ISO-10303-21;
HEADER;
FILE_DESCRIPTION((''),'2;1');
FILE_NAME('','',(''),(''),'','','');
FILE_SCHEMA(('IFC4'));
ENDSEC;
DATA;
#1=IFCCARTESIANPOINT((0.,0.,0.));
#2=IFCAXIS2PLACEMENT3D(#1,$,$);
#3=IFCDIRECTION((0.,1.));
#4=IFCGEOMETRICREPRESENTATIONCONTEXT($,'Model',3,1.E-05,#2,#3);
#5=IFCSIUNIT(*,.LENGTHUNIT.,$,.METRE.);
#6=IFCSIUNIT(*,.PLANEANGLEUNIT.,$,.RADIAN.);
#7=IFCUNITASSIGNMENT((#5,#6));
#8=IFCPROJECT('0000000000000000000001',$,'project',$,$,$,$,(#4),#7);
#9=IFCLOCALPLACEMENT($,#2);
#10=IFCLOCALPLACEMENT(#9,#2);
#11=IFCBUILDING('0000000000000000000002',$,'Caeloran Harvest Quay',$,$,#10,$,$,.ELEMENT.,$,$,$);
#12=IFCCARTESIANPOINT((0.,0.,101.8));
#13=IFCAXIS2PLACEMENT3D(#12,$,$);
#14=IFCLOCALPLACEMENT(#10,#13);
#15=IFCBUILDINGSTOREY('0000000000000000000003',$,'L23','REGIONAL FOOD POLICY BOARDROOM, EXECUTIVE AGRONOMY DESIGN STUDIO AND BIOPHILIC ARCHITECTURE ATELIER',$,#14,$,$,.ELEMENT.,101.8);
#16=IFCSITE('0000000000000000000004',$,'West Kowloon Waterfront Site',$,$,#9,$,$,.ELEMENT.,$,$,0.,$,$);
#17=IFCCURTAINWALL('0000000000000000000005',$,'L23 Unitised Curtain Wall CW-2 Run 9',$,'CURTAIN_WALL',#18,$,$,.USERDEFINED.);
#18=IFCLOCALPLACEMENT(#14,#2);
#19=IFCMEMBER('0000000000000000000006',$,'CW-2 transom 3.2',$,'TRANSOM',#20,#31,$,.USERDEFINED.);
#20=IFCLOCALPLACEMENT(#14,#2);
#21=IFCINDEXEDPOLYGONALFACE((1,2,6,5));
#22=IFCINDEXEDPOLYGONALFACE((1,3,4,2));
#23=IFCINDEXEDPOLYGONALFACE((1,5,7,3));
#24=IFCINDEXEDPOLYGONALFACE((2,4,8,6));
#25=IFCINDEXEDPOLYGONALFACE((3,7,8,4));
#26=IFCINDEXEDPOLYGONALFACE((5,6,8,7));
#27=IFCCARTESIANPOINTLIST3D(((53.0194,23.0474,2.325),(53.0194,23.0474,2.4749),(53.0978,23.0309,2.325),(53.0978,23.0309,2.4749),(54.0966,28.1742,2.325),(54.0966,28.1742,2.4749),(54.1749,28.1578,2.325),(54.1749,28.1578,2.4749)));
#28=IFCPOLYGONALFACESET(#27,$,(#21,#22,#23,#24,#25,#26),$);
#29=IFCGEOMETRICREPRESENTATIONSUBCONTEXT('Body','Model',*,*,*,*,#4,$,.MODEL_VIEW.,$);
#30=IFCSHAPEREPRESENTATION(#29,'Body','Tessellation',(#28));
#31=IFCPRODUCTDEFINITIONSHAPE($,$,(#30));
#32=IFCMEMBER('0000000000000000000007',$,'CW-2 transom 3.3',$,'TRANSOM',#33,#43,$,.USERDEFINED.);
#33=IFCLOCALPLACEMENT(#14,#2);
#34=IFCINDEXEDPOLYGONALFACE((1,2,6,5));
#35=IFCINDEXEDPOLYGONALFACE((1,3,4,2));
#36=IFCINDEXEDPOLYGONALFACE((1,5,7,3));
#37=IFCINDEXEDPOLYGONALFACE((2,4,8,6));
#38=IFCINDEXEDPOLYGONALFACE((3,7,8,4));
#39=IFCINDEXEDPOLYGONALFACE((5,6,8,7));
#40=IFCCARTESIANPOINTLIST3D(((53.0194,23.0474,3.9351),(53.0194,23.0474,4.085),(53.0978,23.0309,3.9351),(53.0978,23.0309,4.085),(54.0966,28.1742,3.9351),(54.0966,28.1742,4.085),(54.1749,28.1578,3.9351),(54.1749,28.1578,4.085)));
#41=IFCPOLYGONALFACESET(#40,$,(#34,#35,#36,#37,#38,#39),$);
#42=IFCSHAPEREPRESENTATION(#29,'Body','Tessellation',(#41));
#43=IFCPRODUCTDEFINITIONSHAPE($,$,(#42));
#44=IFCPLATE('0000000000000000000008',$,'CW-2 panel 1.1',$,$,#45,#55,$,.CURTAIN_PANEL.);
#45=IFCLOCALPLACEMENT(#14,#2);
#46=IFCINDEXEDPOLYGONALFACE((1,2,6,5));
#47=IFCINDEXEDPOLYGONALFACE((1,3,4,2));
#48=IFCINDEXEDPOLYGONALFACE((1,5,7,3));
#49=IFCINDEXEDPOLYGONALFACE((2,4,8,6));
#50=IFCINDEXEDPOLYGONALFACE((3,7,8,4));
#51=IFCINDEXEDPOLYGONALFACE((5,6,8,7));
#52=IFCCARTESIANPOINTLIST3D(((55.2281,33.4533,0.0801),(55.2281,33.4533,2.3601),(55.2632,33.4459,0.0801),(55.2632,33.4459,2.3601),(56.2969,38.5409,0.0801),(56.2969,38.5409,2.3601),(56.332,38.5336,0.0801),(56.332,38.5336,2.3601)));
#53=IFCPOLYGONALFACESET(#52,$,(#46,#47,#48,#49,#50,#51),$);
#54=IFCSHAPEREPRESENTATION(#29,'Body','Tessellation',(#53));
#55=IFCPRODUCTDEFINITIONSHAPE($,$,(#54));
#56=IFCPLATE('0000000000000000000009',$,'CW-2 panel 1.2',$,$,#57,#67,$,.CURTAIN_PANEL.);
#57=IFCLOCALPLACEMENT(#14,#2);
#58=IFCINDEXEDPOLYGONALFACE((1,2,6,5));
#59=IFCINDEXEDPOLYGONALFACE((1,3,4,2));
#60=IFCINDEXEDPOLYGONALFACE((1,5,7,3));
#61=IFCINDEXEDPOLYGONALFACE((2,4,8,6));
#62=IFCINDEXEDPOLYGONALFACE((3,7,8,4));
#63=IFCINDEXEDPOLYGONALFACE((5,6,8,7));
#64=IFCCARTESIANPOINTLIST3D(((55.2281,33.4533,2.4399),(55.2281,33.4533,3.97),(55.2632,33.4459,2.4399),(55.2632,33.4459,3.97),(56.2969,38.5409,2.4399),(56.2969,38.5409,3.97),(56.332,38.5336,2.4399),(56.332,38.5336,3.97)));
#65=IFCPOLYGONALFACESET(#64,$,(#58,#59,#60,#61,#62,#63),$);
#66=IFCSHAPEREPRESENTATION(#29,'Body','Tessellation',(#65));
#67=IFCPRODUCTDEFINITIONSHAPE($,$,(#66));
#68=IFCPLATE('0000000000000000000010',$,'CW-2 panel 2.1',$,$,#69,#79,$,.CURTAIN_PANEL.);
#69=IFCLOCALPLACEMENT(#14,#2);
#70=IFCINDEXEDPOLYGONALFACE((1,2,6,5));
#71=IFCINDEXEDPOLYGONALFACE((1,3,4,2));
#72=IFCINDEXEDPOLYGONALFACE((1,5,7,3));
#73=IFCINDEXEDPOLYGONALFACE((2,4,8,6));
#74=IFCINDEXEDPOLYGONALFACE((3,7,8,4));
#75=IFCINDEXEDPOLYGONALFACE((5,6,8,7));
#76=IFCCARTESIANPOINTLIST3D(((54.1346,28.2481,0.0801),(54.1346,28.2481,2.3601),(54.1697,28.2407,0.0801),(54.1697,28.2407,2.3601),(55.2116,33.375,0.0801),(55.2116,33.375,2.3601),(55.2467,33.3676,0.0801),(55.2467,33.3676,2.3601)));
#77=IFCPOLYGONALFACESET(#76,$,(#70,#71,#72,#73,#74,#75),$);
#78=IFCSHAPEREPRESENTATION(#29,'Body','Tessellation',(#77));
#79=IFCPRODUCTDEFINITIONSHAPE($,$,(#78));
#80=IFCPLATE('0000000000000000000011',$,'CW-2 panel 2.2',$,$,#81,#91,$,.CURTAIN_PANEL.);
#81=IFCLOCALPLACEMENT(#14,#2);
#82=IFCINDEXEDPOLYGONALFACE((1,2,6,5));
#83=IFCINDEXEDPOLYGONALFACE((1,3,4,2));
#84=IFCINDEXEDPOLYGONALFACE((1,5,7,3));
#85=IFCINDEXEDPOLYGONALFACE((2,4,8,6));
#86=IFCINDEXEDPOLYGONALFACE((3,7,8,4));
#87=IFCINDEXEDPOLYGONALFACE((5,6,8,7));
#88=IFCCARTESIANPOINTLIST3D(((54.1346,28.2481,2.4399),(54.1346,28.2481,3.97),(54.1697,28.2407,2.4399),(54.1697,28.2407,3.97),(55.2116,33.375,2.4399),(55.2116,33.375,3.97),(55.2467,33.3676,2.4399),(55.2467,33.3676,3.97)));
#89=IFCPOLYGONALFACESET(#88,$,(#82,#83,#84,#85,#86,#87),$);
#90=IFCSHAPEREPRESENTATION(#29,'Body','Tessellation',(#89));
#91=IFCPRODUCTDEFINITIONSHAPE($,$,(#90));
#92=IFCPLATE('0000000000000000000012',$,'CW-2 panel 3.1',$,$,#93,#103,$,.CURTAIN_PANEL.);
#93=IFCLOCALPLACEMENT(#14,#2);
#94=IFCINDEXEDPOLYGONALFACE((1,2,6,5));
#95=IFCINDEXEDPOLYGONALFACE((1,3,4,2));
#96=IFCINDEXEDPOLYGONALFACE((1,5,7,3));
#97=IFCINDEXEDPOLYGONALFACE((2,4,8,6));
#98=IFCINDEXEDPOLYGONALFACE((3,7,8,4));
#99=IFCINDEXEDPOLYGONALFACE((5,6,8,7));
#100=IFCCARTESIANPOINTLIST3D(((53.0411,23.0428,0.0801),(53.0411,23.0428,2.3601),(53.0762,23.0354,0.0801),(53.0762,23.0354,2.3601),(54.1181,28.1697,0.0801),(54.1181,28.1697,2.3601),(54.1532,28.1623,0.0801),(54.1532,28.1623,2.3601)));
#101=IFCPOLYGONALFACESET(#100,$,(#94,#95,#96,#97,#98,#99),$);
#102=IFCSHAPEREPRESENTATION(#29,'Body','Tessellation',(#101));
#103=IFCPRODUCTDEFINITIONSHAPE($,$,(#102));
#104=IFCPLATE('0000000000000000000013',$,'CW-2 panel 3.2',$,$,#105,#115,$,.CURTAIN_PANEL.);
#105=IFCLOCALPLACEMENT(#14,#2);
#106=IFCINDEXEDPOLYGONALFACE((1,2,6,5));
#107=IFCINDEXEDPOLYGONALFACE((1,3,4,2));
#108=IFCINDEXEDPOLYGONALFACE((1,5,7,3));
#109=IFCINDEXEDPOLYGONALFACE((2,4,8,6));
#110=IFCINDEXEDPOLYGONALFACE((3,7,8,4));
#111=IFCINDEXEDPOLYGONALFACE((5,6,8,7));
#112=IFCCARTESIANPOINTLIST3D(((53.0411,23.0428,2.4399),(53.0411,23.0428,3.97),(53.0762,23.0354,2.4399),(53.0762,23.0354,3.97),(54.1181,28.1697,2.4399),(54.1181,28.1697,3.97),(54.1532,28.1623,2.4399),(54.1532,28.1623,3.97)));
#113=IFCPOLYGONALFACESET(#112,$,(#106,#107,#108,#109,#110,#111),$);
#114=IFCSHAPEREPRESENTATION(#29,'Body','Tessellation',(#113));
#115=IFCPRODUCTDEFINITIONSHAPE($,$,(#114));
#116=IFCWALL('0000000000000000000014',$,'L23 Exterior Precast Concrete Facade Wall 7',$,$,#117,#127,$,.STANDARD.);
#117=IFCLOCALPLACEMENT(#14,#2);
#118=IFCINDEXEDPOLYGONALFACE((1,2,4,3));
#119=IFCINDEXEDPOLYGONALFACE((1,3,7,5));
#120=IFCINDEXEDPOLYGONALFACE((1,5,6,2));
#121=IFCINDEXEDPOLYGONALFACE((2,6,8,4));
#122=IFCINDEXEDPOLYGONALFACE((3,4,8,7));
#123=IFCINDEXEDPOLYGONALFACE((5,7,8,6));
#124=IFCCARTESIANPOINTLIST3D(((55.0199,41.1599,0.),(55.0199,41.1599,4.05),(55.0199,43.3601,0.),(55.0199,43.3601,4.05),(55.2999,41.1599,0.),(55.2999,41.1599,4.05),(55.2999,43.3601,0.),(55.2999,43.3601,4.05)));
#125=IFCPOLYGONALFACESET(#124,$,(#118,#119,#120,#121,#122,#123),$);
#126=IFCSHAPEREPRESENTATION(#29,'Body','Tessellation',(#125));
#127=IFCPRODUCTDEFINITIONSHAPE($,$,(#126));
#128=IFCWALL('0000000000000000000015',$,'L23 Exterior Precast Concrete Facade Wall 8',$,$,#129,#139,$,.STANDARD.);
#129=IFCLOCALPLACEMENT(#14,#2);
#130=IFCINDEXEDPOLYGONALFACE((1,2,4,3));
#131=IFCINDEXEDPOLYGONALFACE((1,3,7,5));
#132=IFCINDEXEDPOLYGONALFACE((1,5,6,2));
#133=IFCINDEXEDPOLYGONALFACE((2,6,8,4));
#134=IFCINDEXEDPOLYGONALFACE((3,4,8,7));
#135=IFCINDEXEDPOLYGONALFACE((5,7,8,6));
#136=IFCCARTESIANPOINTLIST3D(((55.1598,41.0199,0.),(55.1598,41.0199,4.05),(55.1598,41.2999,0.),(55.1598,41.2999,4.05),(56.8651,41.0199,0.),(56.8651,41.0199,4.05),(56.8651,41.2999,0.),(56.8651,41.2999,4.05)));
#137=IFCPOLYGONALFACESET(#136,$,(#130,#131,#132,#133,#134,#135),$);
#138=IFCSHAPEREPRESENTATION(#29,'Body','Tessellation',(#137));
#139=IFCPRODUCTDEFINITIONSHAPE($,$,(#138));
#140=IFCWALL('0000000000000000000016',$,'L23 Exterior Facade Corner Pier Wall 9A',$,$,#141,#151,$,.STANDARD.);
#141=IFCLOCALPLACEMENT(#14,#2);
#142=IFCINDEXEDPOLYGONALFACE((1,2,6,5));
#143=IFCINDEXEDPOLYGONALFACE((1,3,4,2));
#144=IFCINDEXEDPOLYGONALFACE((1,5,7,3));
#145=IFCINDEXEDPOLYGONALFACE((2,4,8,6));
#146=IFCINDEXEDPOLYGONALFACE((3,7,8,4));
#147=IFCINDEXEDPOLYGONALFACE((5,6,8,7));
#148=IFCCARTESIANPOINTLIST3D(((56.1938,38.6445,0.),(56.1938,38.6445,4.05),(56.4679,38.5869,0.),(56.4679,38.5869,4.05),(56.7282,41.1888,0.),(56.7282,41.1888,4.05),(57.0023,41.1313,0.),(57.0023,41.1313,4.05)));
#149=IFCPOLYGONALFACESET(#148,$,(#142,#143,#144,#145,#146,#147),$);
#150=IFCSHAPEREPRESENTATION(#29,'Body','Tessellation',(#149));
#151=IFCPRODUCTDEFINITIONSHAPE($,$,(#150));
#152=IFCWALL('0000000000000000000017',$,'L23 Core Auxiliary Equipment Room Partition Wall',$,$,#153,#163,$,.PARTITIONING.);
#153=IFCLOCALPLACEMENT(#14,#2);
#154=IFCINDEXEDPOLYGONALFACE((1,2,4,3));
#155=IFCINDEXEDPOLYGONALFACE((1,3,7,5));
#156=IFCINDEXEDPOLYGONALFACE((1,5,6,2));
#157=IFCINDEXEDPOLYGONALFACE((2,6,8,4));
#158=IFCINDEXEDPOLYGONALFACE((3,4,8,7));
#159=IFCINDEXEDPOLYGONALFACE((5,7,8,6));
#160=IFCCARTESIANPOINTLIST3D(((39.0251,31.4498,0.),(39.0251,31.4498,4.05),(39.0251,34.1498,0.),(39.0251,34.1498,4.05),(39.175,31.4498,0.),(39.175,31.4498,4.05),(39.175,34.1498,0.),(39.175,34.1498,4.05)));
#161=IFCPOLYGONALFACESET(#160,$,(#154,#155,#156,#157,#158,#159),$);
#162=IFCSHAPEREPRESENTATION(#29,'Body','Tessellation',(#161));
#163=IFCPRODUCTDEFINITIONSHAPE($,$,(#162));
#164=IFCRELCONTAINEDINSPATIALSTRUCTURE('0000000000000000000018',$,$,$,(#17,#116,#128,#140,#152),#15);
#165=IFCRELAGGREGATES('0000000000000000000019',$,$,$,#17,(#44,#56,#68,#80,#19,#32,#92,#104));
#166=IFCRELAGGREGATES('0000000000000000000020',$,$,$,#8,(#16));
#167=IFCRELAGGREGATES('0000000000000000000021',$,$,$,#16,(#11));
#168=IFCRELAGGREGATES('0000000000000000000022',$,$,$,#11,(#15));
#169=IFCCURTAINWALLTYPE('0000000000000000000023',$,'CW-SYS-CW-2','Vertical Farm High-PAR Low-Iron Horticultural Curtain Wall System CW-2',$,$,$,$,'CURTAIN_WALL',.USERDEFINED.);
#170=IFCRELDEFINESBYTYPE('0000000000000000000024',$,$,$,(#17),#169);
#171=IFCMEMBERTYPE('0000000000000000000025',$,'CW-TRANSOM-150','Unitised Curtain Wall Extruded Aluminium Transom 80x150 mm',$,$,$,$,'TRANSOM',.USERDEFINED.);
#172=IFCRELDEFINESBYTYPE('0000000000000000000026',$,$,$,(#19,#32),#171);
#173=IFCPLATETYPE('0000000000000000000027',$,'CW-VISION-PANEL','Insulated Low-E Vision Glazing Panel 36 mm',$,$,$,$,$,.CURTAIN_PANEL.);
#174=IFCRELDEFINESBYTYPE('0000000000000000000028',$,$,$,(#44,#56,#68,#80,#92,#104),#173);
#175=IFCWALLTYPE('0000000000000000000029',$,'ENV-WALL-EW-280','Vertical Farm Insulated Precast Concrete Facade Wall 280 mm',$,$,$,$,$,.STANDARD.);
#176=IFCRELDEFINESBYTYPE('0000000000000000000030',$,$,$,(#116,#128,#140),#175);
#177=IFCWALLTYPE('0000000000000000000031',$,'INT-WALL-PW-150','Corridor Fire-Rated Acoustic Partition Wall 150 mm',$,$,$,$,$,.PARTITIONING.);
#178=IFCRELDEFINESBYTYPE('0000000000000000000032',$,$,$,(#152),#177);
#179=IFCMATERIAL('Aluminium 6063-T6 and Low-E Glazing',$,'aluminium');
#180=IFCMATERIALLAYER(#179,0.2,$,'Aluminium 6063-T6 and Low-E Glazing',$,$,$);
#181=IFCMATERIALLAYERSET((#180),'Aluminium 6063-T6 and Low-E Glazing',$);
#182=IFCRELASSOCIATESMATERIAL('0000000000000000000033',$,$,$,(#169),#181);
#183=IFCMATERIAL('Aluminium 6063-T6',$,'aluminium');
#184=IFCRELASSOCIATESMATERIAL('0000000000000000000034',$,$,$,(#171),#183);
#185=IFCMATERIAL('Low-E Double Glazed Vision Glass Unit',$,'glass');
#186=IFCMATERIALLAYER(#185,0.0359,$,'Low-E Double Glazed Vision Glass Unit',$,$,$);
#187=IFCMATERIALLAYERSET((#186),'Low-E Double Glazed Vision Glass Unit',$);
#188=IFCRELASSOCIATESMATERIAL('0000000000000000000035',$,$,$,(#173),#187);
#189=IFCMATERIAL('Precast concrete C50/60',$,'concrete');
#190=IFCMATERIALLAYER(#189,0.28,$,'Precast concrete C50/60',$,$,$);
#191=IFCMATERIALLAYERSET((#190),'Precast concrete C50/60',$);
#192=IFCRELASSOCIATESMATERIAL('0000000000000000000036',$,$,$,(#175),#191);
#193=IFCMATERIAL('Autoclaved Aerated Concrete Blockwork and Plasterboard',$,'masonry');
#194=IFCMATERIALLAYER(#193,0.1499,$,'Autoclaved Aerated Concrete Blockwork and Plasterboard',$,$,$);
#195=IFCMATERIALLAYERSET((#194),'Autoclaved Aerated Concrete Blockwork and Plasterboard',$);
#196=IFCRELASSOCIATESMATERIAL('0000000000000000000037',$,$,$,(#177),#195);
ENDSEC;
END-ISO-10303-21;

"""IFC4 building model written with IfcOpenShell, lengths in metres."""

from ifc_helpers import new_model, si_unit, direction, frame, frame_2d, origin, origin_2d, place, context, subcontext, project, spatial, rectangle, extrude, material, layer, layer_set, material_profile, profile_set, type_object, element, aggregate, save


model = new_model("IFC4")

# Units and contexts
model_context = context("Model", 3, precision=1e-05, world=origin(), true_north=direction((0.0, 1.0)))
body_context = subcontext(model_context, "Body", "Model", "MODEL_VIEW")
ifc_project = project(units=[si_unit("LENGTHUNIT", "METRE"), si_unit("PLANEANGLEUNIT", "RADIAN")], contexts=[model_context])

# Site, building, storey
site_placement = place(None, origin())
site = spatial("IfcSite", under=ifc_project, at=site_placement, Name="West Kowloon Waterfront Site", CompositionType="ELEMENT", RefElevation=0.0)
building_placement = place(site_placement, origin())
building = spatial("IfcBuilding", under=site, at=building_placement, Name="Caeloran Harvest Quay", CompositionType="ELEMENT")
storey_placement = place(building_placement, frame((0.0, 0.0, 101.8)))
storey = spatial("IfcBuildingStorey", under=building, at=storey_placement, Name="L23", Description="REGIONAL FOOD POLICY BOARDROOM, EXECUTIVE AGRONOMY DESIGN STUDIO AND BIOPHILIC ARCHITECTURE ATELIER", CompositionType="ELEMENT", Elevation=101.8)

# Curtain wall, members, plates
ifc_material_1 = material(Name="Aluminium 6063-T6 and Low-E Glazing", Category="aluminium")
ifc_layer_1 = layer(ifc_material_1, 0.2, Name="Aluminium 6063-T6 and Low-E Glazing")
ifc_layer_set_1 = layer_set([ifc_layer_1], Name="Aluminium 6063-T6 and Low-E Glazing")
curtain_wall_type = type_object("IfcCurtainWallType", Name="CW-SYS-CW-2", Description="Vertical Farm High-PAR Low-Iron Horticultural Curtain Wall System CW-2", ElementType="CURTAIN_WALL", PredefinedType="USERDEFINED", material=ifc_layer_set_1)
curtain_wall_placement = place(storey_placement, origin())
curtain_wall = element("IfcCurtainWall", 1, at=curtain_wall_placement, inside=storey, type_object=curtain_wall_type, Name="L23 Unitised Curtain Wall CW-2 Run 9", ObjectType="CURTAIN_WALL", PredefinedType="USERDEFINED")
ifc_material_2 = material(Name="Aluminium 6063-T6", Category="aluminium")
ifc_material_profile_1 = material_profile(ifc_material_2, rectangle(XDim=0.0801, YDim=0.1499, at=origin_2d()), Name="CW-TRANSOM-150")
ifc_profile_set_1 = profile_set([ifc_material_profile_1], Name="Aluminium 6063-T6")
member_type_1 = type_object("IfcMemberType", Name="CW-TRANSOM-150", Description="Unitised Curtain Wall Extruded Aluminium Transom 80x150 mm", ElementType="TRANSOM", PredefinedType="USERDEFINED", material=ifc_profile_set_1)
member_1_placement = place(storey_placement, frame((54.1357, 28.166, 2.3999), z_axis=(-0.205607, -0.978635, 0.0), x_axis=(0.978635, -0.205607, 0.0)))
member_1 = element("IfcMember", 2, at=member_1_placement, type_object=member_type_1, Name="CW-2 transom 3.2", ObjectType="TRANSOM", PredefinedType="USERDEFINED", context=body_context, shape_type="SweptSolid", body=[
    extrude(rectangle(XDim=0.0801, YDim=0.1499, at=origin_2d()), origin(), (0.0, 0.0, 1.0), 5.2388),
])
member_2_placement = place(storey_placement, frame((54.1357, 28.166, 4.01), z_axis=(-0.205607, -0.978635, 0.0), x_axis=(0.978635, -0.205607, 0.0)))
member_2 = element("IfcMember", 3, at=member_2_placement, type_object=member_type_1, Name="CW-2 transom 3.3", ObjectType="TRANSOM", PredefinedType="USERDEFINED", context=body_context, shape_type="SweptSolid", body=[
    extrude(rectangle(XDim=0.0801, YDim=0.1499, at=origin_2d()), origin(), (0.0, 0.0, 1.0), 5.2388),
])
ifc_material_3 = material(Name="Low-E Double Glazed Vision Glass Unit", Category="glass")
ifc_layer_2 = layer(ifc_material_3, 0.0359, Name="Low-E Double Glazed Vision Glass Unit")
ifc_layer_set_2 = layer_set([ifc_layer_2], Name="Low-E Double Glazed Vision Glass Unit")
plate_type = type_object("IfcPlateType", Name="CW-VISION-PANEL", Description="Insulated Low-E Vision Glazing Panel 36 mm", PredefinedType="CURTAIN_PANEL", material=ifc_layer_set_2)
plate_1_placement = place(storey_placement, frame((55.78, 35.9934, 0.0801), z_axis=(0.0, 0.0, 1.0), x_axis=(-0.205583, -0.97864, 0.0)))
plate_1 = element("IfcPlate", 4, at=plate_1_placement, type_object=plate_type, Name="CW-2 panel 1.1", PredefinedType="CURTAIN_PANEL", context=body_context, shape_type="SweptSolid", body=[
    extrude(rectangle(XDim=5.1987, YDim=0.0359, at=origin_2d()), origin(), (0.0, 0.0, 1.0), 2.28),
])
plate_2_placement = place(storey_placement, frame((55.78, 35.9934, 2.4399), z_axis=(0.0, 0.0, 1.0), x_axis=(-0.205583, -0.97864, 0.0)))
plate_2 = element("IfcPlate", 5, at=plate_2_placement, type_object=plate_type, Name="CW-2 panel 1.2", PredefinedType="CURTAIN_PANEL", context=body_context, shape_type="SweptSolid", body=[
    extrude(rectangle(XDim=5.1987, YDim=0.0359, at=origin_2d()), origin(), (0.0, 0.0, 1.0), 1.53),
])
plate_3_placement = place(storey_placement, frame((54.6907, 30.8079, 0.0801), z_axis=(0.0, 0.0, 1.0), x_axis=(-0.205583, -0.97864, 0.0)))
plate_3 = element("IfcPlate", 6, at=plate_3_placement, type_object=plate_type, Name="CW-2 panel 2.1", PredefinedType="CURTAIN_PANEL", context=body_context, shape_type="SweptSolid", body=[
    extrude(rectangle(XDim=5.2388, YDim=0.0359, at=origin_2d()), origin(), (0.0, 0.0, 1.0), 2.28),
])
plate_4_placement = place(storey_placement, frame((54.6907, 30.8079, 2.4399), z_axis=(0.0, 0.0, 1.0), x_axis=(-0.205583, -0.97864, 0.0)))
plate_4 = element("IfcPlate", 7, at=plate_4_placement, type_object=plate_type, Name="CW-2 panel 2.2", PredefinedType="CURTAIN_PANEL", context=body_context, shape_type="SweptSolid", body=[
    extrude(rectangle(XDim=5.2388, YDim=0.0359, at=origin_2d()), origin(), (0.0, 0.0, 1.0), 1.53),
])
plate_5_placement = place(storey_placement, frame((53.5972, 25.6025, 0.0801), z_axis=(0.0, 0.0, 1.0), x_axis=(-0.205583, -0.97864, 0.0)))
plate_5 = element("IfcPlate", 8, at=plate_5_placement, type_object=plate_type, Name="CW-2 panel 3.1", PredefinedType="CURTAIN_PANEL", context=body_context, shape_type="SweptSolid", body=[
    extrude(rectangle(XDim=5.2388, YDim=0.0359, at=origin_2d()), origin(), (0.0, 0.0, 1.0), 2.28),
])
plate_6_placement = place(storey_placement, frame((53.5972, 25.6025, 2.4399), z_axis=(0.0, 0.0, 1.0), x_axis=(-0.205583, -0.97864, 0.0)))
plate_6 = element("IfcPlate", 9, at=plate_6_placement, type_object=plate_type, Name="CW-2 panel 3.2", PredefinedType="CURTAIN_PANEL", context=body_context, shape_type="SweptSolid", body=[
    extrude(rectangle(XDim=5.2388, YDim=0.0359, at=origin_2d()), origin(), (0.0, 0.0, 1.0), 1.53),
])
aggregate(curtain_wall, [plate_1, plate_2, plate_3, plate_4, member_1, member_2, plate_5, plate_6])

# Walls
ifc_material_4 = material(Name="Precast concrete C50/60", Category="concrete")
ifc_layer_3 = layer(ifc_material_4, 0.28, Name="Precast concrete C50/60")
ifc_layer_set_3 = layer_set([ifc_layer_3], Name="Precast concrete C50/60")
wall_type_1 = type_object("IfcWallType", Name="ENV-WALL-EW-280", Description="Vertical Farm Insulated Precast Concrete Facade Wall 280 mm", PredefinedType="STANDARD", material=ifc_layer_set_3)
wall_1_placement = place(storey_placement, frame((55.1599, 43.3601, 0.0), z_axis=(0.0, 0.0, 1.0), x_axis=(0.0, -1.0, 0.0)))
element("IfcWall", 10, at=wall_1_placement, inside=storey, type_object=wall_type_1, Name="L23 Exterior Precast Concrete Facade Wall 7", PredefinedType="STANDARD", context=body_context, shape_type="SweptSolid", body=[
    extrude(rectangle(XDim=2.2002, YDim=0.28, at=frame_2d((1.1001, 0.0))), origin(), (0.0, 0.0, 1.0), 4.05),
])
wall_2_placement = place(storey_placement, frame((55.1599, 41.1599, 0.0), z_axis=(0.0, 0.0, 1.0), x_axis=(1.0, 0.0, 0.0)))
element("IfcWall", 11, at=wall_2_placement, inside=storey, type_object=wall_type_1, Name="L23 Exterior Precast Concrete Facade Wall 8", PredefinedType="STANDARD", context=body_context, shape_type="SweptSolid", body=[
    extrude(rectangle(XDim=1.7053, YDim=0.28, at=frame_2d((0.8525, 0.0))), origin(), (0.0, 0.0, 1.0), 4.05),
])
wall_3_placement = place(storey_placement, frame((56.8652, 41.1599, 0.0), z_axis=(0.0, 0.0, 1.0), x_axis=(-0.205551, -0.978646, 0.0)))
element("IfcWall", 12, at=wall_3_placement, inside=storey, type_object=wall_type_1, Name="L23 Exterior Facade Corner Pier Wall 9A", PredefinedType="STANDARD", context=body_context, shape_type="SweptSolid", body=[
    extrude(rectangle(XDim=2.5999, YDim=0.28, at=frame_2d((1.2998, 0.0))), origin(), (0.0, 0.0, 1.0), 4.05),
])
ifc_material_5 = material(Name="Autoclaved Aerated Concrete Blockwork and Plasterboard", Category="masonry")
ifc_layer_4 = layer(ifc_material_5, 0.1499, Name="Autoclaved Aerated Concrete Blockwork and Plasterboard")
ifc_layer_set_4 = layer_set([ifc_layer_4], Name="Autoclaved Aerated Concrete Blockwork and Plasterboard")
wall_type_2 = type_object("IfcWallType", Name="INT-WALL-PW-150", Description="Corridor Fire-Rated Acoustic Partition Wall 150 mm", PredefinedType="PARTITIONING", material=ifc_layer_set_4)
wall_4_placement = place(storey_placement, frame((39.1001, 34.1499, 0.0), z_axis=(0.0, 0.0, 1.0), x_axis=(0.0, -1.0, 0.0)))
element("IfcWall", 13, at=wall_4_placement, inside=storey, type_object=wall_type_2, Name="L23 Core Auxiliary Equipment Room Partition Wall", PredefinedType="PARTITIONING", context=body_context, shape_type="SweptSolid", body=[
    extrude(rectangle(XDim=2.7, YDim=0.1499, at=frame_2d((1.3501, 0.0))), origin(), (0.0, 0.0, 1.0), 4.05),
])

save(model, "model.ifc")
